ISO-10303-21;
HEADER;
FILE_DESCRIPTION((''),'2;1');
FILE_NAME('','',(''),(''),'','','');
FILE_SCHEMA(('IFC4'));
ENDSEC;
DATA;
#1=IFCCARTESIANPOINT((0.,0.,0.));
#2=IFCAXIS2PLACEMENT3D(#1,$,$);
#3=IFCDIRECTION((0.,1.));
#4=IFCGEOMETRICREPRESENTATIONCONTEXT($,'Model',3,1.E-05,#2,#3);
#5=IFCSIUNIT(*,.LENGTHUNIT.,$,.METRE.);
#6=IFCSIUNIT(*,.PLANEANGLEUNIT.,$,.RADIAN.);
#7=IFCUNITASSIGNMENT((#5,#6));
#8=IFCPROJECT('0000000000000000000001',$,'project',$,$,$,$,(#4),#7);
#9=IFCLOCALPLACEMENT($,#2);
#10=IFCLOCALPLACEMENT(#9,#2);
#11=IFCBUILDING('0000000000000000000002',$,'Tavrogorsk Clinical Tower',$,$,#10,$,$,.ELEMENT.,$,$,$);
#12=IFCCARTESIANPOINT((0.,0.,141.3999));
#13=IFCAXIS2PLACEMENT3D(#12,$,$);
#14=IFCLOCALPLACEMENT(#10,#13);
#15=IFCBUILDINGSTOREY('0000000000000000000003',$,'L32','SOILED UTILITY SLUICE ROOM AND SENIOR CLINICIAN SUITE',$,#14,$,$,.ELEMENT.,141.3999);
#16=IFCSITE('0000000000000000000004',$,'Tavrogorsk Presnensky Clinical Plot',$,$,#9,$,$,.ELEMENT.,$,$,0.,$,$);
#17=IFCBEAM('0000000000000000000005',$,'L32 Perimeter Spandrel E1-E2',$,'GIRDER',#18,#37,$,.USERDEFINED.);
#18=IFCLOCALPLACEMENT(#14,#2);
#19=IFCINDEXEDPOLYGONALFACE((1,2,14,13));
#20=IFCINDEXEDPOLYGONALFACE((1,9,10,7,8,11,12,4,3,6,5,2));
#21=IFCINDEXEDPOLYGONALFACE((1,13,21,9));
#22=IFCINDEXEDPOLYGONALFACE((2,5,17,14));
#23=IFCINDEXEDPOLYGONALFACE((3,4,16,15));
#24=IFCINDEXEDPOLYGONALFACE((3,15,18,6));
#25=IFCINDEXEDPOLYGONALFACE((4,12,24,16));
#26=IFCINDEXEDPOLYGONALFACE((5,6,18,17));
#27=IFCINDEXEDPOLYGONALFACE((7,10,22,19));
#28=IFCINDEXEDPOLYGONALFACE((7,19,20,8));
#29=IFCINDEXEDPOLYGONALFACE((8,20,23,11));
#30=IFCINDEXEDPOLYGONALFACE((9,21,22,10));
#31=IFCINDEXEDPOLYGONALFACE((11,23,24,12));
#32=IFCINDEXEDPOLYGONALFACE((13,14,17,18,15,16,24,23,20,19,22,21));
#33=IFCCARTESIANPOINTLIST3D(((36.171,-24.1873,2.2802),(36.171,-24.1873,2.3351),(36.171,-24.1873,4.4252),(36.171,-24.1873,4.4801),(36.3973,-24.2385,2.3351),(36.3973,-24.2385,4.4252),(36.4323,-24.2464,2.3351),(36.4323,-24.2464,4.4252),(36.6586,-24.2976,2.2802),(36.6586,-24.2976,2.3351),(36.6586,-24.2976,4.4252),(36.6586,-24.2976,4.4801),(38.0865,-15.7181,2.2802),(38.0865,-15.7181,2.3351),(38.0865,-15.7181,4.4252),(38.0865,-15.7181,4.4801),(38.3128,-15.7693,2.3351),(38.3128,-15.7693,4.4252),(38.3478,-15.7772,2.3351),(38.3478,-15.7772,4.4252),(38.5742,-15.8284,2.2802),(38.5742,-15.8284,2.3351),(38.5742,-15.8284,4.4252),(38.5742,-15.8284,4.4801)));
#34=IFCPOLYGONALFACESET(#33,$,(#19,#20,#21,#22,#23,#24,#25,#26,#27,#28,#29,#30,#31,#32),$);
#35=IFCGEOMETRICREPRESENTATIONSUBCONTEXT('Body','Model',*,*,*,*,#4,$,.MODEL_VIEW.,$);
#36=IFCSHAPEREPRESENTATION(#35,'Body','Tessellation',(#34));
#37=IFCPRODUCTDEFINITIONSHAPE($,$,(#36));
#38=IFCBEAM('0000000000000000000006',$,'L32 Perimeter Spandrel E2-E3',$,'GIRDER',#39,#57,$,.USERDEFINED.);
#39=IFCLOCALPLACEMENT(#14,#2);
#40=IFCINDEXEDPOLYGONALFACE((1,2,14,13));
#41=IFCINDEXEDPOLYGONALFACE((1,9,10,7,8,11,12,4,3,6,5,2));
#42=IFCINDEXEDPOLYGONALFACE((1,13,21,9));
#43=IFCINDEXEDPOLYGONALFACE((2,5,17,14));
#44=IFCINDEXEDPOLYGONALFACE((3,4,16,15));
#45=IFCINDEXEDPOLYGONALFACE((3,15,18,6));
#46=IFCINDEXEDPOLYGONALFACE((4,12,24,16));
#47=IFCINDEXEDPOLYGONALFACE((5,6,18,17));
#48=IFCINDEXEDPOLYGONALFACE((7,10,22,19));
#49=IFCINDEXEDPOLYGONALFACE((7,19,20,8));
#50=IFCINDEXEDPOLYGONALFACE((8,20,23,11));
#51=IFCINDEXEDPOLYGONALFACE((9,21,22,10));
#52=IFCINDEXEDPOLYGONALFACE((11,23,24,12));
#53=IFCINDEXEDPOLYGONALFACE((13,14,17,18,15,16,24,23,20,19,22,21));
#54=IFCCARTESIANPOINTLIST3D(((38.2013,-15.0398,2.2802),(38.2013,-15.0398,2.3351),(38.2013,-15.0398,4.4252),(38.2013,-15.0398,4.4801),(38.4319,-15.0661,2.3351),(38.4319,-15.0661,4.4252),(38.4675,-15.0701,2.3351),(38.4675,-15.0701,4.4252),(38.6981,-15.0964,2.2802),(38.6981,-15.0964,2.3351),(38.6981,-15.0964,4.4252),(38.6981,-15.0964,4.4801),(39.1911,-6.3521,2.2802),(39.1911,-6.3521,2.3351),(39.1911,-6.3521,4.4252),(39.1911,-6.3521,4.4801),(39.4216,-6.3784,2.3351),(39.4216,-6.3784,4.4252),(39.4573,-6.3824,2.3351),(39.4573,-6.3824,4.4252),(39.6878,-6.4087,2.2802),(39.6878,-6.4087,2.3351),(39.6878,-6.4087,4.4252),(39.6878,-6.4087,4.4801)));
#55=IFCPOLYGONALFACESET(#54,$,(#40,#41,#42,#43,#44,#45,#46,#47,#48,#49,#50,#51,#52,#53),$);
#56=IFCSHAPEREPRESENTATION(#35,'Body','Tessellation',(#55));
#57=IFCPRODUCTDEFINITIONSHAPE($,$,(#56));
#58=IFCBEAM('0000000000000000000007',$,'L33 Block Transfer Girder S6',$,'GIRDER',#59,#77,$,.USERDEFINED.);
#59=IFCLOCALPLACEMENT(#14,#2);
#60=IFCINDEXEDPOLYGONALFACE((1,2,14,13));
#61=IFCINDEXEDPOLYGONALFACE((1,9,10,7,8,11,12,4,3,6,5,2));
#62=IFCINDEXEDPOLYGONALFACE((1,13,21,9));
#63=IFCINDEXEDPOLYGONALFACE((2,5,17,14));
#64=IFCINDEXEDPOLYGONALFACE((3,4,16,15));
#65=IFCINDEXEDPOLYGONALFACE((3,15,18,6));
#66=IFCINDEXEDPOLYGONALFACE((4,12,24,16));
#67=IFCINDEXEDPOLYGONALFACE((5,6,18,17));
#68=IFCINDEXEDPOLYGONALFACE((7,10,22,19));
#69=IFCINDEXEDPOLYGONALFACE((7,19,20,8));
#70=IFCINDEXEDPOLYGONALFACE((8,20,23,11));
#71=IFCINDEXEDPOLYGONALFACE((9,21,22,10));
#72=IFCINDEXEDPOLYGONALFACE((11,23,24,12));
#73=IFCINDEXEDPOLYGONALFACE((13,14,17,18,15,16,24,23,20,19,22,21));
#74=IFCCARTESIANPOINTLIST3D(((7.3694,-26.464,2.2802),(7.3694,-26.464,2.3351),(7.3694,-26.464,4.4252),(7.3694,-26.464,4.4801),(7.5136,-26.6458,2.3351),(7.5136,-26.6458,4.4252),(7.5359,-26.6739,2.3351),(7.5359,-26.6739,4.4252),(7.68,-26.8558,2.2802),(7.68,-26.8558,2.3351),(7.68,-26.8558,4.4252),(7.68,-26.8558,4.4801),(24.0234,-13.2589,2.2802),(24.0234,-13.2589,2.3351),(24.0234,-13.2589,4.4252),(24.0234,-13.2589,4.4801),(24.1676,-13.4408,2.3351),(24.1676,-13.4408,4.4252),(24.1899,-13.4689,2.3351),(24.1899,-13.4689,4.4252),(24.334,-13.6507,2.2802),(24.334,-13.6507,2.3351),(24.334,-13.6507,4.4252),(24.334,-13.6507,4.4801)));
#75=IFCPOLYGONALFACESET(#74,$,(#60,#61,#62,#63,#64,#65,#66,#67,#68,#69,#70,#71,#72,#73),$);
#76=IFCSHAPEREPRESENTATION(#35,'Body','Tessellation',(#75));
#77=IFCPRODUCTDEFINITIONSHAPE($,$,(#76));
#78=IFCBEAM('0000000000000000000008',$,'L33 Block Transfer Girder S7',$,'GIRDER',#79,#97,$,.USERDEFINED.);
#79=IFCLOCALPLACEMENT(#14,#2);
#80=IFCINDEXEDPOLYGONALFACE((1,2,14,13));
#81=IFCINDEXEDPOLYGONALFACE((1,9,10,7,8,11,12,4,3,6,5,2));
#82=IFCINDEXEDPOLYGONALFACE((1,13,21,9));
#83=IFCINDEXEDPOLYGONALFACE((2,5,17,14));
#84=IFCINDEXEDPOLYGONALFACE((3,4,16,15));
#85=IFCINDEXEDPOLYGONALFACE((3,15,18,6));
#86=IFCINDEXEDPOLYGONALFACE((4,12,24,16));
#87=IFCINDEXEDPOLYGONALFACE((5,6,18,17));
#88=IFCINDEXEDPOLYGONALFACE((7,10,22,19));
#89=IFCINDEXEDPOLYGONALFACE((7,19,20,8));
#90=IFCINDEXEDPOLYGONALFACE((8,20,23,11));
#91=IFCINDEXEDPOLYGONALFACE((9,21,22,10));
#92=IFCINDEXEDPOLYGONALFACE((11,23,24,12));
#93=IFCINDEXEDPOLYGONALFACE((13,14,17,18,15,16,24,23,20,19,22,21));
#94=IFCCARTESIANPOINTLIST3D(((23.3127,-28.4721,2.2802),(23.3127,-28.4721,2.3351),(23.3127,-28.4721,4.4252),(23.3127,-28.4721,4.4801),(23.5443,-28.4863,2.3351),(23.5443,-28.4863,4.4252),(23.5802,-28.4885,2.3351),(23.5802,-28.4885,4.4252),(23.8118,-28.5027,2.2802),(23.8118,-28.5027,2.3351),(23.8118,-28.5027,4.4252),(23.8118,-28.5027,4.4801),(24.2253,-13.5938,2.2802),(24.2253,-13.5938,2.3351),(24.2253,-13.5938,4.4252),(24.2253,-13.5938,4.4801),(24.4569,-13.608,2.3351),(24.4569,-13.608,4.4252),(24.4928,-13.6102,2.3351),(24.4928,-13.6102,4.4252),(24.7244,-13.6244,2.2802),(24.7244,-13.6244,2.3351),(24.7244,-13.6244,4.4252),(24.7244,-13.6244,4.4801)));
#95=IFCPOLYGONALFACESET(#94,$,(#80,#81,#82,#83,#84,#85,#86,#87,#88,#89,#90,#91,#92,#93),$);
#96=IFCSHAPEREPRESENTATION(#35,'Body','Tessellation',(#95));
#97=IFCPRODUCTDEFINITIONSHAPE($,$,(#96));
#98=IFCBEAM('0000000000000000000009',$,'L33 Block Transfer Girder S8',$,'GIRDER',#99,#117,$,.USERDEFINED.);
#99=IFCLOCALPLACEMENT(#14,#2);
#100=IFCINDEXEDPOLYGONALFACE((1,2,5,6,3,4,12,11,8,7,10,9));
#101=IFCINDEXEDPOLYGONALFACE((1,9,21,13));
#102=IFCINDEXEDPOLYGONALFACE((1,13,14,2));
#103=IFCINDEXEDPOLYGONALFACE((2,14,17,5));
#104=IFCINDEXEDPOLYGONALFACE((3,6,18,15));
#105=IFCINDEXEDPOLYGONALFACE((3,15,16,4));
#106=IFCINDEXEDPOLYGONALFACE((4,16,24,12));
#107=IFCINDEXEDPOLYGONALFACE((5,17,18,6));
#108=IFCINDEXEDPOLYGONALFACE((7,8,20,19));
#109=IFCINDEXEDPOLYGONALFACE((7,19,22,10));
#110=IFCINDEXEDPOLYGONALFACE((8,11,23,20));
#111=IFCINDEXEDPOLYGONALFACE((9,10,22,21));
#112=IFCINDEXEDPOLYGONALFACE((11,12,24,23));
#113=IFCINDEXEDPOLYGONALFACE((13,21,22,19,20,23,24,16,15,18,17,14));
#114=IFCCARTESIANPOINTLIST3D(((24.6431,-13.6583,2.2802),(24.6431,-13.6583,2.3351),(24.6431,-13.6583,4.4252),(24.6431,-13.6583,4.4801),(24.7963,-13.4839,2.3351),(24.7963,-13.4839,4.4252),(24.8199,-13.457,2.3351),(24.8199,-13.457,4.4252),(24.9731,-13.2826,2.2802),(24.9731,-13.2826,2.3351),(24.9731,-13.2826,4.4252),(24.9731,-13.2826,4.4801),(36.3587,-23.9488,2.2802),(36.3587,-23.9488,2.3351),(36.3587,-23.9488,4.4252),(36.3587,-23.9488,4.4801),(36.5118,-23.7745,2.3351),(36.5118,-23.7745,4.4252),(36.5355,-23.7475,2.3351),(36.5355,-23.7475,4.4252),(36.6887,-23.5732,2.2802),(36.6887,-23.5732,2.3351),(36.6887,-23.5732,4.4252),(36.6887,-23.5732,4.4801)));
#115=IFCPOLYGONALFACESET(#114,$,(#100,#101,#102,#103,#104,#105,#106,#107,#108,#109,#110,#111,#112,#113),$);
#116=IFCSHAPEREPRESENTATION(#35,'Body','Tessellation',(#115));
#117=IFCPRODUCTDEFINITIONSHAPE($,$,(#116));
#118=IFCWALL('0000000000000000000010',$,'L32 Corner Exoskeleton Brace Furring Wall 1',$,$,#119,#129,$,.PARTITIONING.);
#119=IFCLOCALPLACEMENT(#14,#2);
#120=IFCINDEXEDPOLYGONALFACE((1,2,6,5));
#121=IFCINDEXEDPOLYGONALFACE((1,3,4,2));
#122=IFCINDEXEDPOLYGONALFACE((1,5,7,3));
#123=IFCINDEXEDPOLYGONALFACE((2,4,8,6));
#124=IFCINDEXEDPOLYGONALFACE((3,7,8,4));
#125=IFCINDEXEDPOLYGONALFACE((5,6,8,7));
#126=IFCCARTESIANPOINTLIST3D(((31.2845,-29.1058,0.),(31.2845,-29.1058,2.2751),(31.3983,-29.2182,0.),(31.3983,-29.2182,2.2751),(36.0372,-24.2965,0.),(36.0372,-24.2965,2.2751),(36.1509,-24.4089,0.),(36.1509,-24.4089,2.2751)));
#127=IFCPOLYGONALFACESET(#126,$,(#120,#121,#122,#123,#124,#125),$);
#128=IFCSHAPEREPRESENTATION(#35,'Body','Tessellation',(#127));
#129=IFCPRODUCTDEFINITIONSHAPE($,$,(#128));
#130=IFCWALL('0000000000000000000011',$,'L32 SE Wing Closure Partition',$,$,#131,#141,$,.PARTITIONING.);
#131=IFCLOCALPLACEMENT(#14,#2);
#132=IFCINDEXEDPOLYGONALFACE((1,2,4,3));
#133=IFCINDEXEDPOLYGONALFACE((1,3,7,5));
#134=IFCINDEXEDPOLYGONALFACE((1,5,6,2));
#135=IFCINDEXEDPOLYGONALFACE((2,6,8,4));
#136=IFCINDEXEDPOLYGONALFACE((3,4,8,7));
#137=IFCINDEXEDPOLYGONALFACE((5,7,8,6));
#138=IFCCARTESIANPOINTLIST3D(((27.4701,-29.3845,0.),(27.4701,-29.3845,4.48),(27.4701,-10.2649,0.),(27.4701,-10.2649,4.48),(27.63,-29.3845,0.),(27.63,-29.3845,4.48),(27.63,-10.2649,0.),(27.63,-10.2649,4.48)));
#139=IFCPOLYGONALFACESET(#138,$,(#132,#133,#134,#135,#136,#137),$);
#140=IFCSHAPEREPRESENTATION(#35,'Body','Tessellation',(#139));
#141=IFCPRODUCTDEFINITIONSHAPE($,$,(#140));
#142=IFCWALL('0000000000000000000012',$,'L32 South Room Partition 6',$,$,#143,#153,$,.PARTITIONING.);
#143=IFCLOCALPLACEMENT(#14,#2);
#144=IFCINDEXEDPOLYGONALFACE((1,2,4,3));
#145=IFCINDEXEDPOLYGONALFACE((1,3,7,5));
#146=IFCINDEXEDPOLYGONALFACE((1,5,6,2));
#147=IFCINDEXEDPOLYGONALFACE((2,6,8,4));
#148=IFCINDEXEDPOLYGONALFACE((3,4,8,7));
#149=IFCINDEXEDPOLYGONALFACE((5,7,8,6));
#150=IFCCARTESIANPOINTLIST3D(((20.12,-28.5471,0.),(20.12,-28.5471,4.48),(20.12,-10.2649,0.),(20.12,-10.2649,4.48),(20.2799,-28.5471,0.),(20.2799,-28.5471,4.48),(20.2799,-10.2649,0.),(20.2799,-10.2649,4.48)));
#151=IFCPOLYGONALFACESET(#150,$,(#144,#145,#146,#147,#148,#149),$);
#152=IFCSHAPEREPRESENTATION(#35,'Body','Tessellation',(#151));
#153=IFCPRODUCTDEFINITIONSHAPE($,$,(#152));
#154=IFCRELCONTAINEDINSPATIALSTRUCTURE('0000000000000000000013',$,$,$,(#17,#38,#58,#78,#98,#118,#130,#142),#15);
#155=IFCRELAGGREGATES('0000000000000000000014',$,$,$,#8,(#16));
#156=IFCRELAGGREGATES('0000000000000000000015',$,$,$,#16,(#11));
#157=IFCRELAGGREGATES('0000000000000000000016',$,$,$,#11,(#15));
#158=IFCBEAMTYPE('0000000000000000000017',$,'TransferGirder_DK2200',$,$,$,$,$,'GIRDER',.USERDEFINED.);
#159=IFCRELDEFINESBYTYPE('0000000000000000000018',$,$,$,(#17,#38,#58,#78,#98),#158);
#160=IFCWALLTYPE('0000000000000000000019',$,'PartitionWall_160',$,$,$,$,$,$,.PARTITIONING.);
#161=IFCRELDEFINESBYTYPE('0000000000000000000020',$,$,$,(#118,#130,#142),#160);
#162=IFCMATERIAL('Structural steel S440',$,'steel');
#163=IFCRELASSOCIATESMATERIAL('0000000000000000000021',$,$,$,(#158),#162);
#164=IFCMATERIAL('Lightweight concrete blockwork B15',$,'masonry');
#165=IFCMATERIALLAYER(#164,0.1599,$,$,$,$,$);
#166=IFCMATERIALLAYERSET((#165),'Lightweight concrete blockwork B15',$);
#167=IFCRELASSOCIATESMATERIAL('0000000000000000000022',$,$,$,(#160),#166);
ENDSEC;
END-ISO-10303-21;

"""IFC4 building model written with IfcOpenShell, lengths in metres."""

from ifc_helpers import new_model, si_unit, direction, frame, frame_2d, origin, origin_2d, place, context, subcontext, project, spatial, rectangle, i_section, extrude, material, layer, layer_set, material_profile, profile_set, type_object, element, save


model = new_model("IFC4")

# Units and contexts
model_context = context("Model", 3, precision=1e-05, world=origin(), true_north=direction((0.0, 1.0)))
body_context = subcontext(model_context, "Body", "Model", "MODEL_VIEW")
ifc_project = project(units=[si_unit("LENGTHUNIT", "METRE"), si_unit("PLANEANGLEUNIT", "RADIAN")], contexts=[model_context])

# Site, building, storey
site_placement = place(None, origin())
site = spatial("IfcSite", under=ifc_project, at=site_placement, Name="Tavrogorsk Presnensky Clinical Plot", CompositionType="ELEMENT", RefElevation=0.0)
building_placement = place(site_placement, origin())
building = spatial("IfcBuilding", under=site, at=building_placement, Name="Tavrogorsk Clinical Tower", CompositionType="ELEMENT")
storey_placement = place(building_placement, frame((0.0, 0.0, 141.3999)))
storey = spatial("IfcBuildingStorey", under=building, at=storey_placement, Name="L32", Description="SOILED UTILITY SLUICE ROOM AND SENIOR CLINICIAN SUITE", CompositionType="ELEMENT", Elevation=141.3999)

# Beams
ifc_material_1 = material(Name="Structural steel S440", Category="steel")
ifc_material_profile_1 = material_profile(ifc_material_1, i_section(OverallWidth=0.5, OverallDepth=2.2, WebThickness=0.0359, FlangeThickness=0.0549, at=origin_2d()), Name="DK-2200x500x36x55")
ifc_profile_set_1 = profile_set([ifc_material_profile_1], Name="Structural steel S440")
beam_type = type_object("IfcBeamType", Name="TransferGirder_DK2200", ElementType="GIRDER", PredefinedType="USERDEFINED", material=ifc_profile_set_1)
beam_1_placement = place(storey_placement, frame((36.4148, -24.2424, 3.3801), z_axis=(0.220603, 0.975364, 0.0), x_axis=(-0.975364, 0.220603, 0.0)))
element("IfcBeam", 1, at=beam_1_placement, inside=storey, type_object=beam_type, Name="L32 Perimeter Spandrel E1-E2", ObjectType="GIRDER", PredefinedType="USERDEFINED", context=body_context, shape_type="SweptSolid", body=[
    extrude(i_section(OverallWidth=0.5, OverallDepth=2.2, WebThickness=0.0359, FlangeThickness=0.0549, at=origin_2d()), origin(), (0.0, 0.0, 1.0), 8.6831),
])
beam_2_placement = place(storey_placement, frame((38.4497, -15.0681, 3.3801), z_axis=(0.113192, 0.993573, 0.0), x_axis=(-0.993573, 0.113192, 0.0)))
element("IfcBeam", 2, at=beam_2_placement, inside=storey, type_object=beam_type, Name="L32 Perimeter Spandrel E2-E3", ObjectType="GIRDER", PredefinedType="USERDEFINED", context=body_context, shape_type="SweptSolid", body=[
    extrude(i_section(OverallWidth=0.5, OverallDepth=2.2, WebThickness=0.0359, FlangeThickness=0.0549, at=origin_2d()), origin(), (0.0, 0.0, 1.0), 8.7439),
])
beam_3_placement = place(storey_placement, frame((24.1787, -13.4548, 3.3801), z_axis=(-0.783573, -0.621299, 0.0), x_axis=(0.621299, -0.783573, 0.0)))
element("IfcBeam", 3, at=beam_3_placement, inside=storey, type_object=beam_type, Name="L33 Block Transfer Girder S6", ObjectType="GIRDER", PredefinedType="USERDEFINED", context=body_context, shape_type="SweptSolid", body=[
    extrude(i_section(OverallWidth=0.5, OverallDepth=2.2, WebThickness=0.0359, FlangeThickness=0.0549, at=origin_2d()), origin(), (0.0, 0.0, 1.0), 21.2539),
])
beam_4_placement = place(storey_placement, frame((24.4749, -13.6091, 3.3801), z_axis=(-0.061223, -0.998124, 0.0), x_axis=(0.998124, -0.061223, 0.0)))
element("IfcBeam", 4, at=beam_4_placement, inside=storey, type_object=beam_type, Name="L33 Block Transfer Girder S7", ObjectType="GIRDER", PredefinedType="USERDEFINED", context=body_context, shape_type="SweptSolid", body=[
    extrude(i_section(OverallWidth=0.5, OverallDepth=2.2, WebThickness=0.0359, FlangeThickness=0.0549, at=origin_2d()), origin(), (0.0, 0.0, 1.0), 14.9062),
])
beam_5_placement = place(storey_placement, frame((24.8081, -13.4705, 3.3801), z_axis=(0.751323, -0.659934, 0.0), x_axis=(0.659934, 0.751323, 0.0)))
element("IfcBeam", 5, at=beam_5_placement, inside=storey, type_object=beam_type, Name="L33 Block Transfer Girder S8", ObjectType="GIRDER", PredefinedType="USERDEFINED", context=body_context, shape_type="SweptSolid", body=[
    extrude(i_section(OverallWidth=0.5, OverallDepth=2.2, WebThickness=0.0359, FlangeThickness=0.0549, at=origin_2d()), origin(), (0.0, 0.0, 1.0), 15.5933),
])

# Walls
ifc_material_2 = material(Name="Lightweight concrete blockwork B15", Category="masonry")
ifc_layer_1 = layer(ifc_material_2, 0.1599)
ifc_layer_set_1 = layer_set([ifc_layer_1], Name="Lightweight concrete blockwork B15")
wall_type_1 = type_object("IfcWallType", Name="PartitionWall_160", PredefinedType="PARTITIONING", material=ifc_layer_set_1)
wall_1_placement = place(storey_placement, frame((31.3413, -29.1621, 0.0), z_axis=(0.0, 0.0, 1.0), x_axis=(0.702906, 0.711283, 0.0)))
element("IfcWall", 6, at=wall_1_placement, inside=storey, type_object=wall_type_1, Name="L32 Corner Exoskeleton Brace Furring Wall 1", PredefinedType="PARTITIONING", context=body_context, shape_type="SweptSolid", body=[
    extrude(rectangle(XDim=6.7615, YDim=0.1599, at=frame_2d((3.3809, 0.0))), origin(), (0.0, 0.0, 1.0), 2.2751),
])
wall_2_placement = place(storey_placement, frame((27.55, -29.3845, 0.0), z_axis=(0.0, 0.0, 1.0), x_axis=(0.0, 1.0, 0.0)))
element("IfcWall", 7, at=wall_2_placement, inside=storey, type_object=wall_type_1, Name="L32 SE Wing Closure Partition", PredefinedType="PARTITIONING", context=body_context, shape_type="SweptSolid", body=[
    extrude(rectangle(XDim=19.1196, YDim=0.1599, at=frame_2d((9.5598, 0.0))), origin(), (0.0, 0.0, 1.0), 4.48),
])
wall_3_placement = place(storey_placement, frame((20.2, -28.5471, 0.0), z_axis=(0.0, 0.0, 1.0), x_axis=(0.0, 1.0, 0.0)))
element("IfcWall", 8, at=wall_3_placement, inside=storey, type_object=wall_type_1, Name="L32 South Room Partition 6", PredefinedType="PARTITIONING", context=body_context, shape_type="SweptSolid", body=[
    extrude(rectangle(XDim=18.2822, YDim=0.1599, at=frame_2d((9.1411, 0.0))), origin(), (0.0, 0.0, 1.0), 4.48),
])

save(model, "model.ifc")
